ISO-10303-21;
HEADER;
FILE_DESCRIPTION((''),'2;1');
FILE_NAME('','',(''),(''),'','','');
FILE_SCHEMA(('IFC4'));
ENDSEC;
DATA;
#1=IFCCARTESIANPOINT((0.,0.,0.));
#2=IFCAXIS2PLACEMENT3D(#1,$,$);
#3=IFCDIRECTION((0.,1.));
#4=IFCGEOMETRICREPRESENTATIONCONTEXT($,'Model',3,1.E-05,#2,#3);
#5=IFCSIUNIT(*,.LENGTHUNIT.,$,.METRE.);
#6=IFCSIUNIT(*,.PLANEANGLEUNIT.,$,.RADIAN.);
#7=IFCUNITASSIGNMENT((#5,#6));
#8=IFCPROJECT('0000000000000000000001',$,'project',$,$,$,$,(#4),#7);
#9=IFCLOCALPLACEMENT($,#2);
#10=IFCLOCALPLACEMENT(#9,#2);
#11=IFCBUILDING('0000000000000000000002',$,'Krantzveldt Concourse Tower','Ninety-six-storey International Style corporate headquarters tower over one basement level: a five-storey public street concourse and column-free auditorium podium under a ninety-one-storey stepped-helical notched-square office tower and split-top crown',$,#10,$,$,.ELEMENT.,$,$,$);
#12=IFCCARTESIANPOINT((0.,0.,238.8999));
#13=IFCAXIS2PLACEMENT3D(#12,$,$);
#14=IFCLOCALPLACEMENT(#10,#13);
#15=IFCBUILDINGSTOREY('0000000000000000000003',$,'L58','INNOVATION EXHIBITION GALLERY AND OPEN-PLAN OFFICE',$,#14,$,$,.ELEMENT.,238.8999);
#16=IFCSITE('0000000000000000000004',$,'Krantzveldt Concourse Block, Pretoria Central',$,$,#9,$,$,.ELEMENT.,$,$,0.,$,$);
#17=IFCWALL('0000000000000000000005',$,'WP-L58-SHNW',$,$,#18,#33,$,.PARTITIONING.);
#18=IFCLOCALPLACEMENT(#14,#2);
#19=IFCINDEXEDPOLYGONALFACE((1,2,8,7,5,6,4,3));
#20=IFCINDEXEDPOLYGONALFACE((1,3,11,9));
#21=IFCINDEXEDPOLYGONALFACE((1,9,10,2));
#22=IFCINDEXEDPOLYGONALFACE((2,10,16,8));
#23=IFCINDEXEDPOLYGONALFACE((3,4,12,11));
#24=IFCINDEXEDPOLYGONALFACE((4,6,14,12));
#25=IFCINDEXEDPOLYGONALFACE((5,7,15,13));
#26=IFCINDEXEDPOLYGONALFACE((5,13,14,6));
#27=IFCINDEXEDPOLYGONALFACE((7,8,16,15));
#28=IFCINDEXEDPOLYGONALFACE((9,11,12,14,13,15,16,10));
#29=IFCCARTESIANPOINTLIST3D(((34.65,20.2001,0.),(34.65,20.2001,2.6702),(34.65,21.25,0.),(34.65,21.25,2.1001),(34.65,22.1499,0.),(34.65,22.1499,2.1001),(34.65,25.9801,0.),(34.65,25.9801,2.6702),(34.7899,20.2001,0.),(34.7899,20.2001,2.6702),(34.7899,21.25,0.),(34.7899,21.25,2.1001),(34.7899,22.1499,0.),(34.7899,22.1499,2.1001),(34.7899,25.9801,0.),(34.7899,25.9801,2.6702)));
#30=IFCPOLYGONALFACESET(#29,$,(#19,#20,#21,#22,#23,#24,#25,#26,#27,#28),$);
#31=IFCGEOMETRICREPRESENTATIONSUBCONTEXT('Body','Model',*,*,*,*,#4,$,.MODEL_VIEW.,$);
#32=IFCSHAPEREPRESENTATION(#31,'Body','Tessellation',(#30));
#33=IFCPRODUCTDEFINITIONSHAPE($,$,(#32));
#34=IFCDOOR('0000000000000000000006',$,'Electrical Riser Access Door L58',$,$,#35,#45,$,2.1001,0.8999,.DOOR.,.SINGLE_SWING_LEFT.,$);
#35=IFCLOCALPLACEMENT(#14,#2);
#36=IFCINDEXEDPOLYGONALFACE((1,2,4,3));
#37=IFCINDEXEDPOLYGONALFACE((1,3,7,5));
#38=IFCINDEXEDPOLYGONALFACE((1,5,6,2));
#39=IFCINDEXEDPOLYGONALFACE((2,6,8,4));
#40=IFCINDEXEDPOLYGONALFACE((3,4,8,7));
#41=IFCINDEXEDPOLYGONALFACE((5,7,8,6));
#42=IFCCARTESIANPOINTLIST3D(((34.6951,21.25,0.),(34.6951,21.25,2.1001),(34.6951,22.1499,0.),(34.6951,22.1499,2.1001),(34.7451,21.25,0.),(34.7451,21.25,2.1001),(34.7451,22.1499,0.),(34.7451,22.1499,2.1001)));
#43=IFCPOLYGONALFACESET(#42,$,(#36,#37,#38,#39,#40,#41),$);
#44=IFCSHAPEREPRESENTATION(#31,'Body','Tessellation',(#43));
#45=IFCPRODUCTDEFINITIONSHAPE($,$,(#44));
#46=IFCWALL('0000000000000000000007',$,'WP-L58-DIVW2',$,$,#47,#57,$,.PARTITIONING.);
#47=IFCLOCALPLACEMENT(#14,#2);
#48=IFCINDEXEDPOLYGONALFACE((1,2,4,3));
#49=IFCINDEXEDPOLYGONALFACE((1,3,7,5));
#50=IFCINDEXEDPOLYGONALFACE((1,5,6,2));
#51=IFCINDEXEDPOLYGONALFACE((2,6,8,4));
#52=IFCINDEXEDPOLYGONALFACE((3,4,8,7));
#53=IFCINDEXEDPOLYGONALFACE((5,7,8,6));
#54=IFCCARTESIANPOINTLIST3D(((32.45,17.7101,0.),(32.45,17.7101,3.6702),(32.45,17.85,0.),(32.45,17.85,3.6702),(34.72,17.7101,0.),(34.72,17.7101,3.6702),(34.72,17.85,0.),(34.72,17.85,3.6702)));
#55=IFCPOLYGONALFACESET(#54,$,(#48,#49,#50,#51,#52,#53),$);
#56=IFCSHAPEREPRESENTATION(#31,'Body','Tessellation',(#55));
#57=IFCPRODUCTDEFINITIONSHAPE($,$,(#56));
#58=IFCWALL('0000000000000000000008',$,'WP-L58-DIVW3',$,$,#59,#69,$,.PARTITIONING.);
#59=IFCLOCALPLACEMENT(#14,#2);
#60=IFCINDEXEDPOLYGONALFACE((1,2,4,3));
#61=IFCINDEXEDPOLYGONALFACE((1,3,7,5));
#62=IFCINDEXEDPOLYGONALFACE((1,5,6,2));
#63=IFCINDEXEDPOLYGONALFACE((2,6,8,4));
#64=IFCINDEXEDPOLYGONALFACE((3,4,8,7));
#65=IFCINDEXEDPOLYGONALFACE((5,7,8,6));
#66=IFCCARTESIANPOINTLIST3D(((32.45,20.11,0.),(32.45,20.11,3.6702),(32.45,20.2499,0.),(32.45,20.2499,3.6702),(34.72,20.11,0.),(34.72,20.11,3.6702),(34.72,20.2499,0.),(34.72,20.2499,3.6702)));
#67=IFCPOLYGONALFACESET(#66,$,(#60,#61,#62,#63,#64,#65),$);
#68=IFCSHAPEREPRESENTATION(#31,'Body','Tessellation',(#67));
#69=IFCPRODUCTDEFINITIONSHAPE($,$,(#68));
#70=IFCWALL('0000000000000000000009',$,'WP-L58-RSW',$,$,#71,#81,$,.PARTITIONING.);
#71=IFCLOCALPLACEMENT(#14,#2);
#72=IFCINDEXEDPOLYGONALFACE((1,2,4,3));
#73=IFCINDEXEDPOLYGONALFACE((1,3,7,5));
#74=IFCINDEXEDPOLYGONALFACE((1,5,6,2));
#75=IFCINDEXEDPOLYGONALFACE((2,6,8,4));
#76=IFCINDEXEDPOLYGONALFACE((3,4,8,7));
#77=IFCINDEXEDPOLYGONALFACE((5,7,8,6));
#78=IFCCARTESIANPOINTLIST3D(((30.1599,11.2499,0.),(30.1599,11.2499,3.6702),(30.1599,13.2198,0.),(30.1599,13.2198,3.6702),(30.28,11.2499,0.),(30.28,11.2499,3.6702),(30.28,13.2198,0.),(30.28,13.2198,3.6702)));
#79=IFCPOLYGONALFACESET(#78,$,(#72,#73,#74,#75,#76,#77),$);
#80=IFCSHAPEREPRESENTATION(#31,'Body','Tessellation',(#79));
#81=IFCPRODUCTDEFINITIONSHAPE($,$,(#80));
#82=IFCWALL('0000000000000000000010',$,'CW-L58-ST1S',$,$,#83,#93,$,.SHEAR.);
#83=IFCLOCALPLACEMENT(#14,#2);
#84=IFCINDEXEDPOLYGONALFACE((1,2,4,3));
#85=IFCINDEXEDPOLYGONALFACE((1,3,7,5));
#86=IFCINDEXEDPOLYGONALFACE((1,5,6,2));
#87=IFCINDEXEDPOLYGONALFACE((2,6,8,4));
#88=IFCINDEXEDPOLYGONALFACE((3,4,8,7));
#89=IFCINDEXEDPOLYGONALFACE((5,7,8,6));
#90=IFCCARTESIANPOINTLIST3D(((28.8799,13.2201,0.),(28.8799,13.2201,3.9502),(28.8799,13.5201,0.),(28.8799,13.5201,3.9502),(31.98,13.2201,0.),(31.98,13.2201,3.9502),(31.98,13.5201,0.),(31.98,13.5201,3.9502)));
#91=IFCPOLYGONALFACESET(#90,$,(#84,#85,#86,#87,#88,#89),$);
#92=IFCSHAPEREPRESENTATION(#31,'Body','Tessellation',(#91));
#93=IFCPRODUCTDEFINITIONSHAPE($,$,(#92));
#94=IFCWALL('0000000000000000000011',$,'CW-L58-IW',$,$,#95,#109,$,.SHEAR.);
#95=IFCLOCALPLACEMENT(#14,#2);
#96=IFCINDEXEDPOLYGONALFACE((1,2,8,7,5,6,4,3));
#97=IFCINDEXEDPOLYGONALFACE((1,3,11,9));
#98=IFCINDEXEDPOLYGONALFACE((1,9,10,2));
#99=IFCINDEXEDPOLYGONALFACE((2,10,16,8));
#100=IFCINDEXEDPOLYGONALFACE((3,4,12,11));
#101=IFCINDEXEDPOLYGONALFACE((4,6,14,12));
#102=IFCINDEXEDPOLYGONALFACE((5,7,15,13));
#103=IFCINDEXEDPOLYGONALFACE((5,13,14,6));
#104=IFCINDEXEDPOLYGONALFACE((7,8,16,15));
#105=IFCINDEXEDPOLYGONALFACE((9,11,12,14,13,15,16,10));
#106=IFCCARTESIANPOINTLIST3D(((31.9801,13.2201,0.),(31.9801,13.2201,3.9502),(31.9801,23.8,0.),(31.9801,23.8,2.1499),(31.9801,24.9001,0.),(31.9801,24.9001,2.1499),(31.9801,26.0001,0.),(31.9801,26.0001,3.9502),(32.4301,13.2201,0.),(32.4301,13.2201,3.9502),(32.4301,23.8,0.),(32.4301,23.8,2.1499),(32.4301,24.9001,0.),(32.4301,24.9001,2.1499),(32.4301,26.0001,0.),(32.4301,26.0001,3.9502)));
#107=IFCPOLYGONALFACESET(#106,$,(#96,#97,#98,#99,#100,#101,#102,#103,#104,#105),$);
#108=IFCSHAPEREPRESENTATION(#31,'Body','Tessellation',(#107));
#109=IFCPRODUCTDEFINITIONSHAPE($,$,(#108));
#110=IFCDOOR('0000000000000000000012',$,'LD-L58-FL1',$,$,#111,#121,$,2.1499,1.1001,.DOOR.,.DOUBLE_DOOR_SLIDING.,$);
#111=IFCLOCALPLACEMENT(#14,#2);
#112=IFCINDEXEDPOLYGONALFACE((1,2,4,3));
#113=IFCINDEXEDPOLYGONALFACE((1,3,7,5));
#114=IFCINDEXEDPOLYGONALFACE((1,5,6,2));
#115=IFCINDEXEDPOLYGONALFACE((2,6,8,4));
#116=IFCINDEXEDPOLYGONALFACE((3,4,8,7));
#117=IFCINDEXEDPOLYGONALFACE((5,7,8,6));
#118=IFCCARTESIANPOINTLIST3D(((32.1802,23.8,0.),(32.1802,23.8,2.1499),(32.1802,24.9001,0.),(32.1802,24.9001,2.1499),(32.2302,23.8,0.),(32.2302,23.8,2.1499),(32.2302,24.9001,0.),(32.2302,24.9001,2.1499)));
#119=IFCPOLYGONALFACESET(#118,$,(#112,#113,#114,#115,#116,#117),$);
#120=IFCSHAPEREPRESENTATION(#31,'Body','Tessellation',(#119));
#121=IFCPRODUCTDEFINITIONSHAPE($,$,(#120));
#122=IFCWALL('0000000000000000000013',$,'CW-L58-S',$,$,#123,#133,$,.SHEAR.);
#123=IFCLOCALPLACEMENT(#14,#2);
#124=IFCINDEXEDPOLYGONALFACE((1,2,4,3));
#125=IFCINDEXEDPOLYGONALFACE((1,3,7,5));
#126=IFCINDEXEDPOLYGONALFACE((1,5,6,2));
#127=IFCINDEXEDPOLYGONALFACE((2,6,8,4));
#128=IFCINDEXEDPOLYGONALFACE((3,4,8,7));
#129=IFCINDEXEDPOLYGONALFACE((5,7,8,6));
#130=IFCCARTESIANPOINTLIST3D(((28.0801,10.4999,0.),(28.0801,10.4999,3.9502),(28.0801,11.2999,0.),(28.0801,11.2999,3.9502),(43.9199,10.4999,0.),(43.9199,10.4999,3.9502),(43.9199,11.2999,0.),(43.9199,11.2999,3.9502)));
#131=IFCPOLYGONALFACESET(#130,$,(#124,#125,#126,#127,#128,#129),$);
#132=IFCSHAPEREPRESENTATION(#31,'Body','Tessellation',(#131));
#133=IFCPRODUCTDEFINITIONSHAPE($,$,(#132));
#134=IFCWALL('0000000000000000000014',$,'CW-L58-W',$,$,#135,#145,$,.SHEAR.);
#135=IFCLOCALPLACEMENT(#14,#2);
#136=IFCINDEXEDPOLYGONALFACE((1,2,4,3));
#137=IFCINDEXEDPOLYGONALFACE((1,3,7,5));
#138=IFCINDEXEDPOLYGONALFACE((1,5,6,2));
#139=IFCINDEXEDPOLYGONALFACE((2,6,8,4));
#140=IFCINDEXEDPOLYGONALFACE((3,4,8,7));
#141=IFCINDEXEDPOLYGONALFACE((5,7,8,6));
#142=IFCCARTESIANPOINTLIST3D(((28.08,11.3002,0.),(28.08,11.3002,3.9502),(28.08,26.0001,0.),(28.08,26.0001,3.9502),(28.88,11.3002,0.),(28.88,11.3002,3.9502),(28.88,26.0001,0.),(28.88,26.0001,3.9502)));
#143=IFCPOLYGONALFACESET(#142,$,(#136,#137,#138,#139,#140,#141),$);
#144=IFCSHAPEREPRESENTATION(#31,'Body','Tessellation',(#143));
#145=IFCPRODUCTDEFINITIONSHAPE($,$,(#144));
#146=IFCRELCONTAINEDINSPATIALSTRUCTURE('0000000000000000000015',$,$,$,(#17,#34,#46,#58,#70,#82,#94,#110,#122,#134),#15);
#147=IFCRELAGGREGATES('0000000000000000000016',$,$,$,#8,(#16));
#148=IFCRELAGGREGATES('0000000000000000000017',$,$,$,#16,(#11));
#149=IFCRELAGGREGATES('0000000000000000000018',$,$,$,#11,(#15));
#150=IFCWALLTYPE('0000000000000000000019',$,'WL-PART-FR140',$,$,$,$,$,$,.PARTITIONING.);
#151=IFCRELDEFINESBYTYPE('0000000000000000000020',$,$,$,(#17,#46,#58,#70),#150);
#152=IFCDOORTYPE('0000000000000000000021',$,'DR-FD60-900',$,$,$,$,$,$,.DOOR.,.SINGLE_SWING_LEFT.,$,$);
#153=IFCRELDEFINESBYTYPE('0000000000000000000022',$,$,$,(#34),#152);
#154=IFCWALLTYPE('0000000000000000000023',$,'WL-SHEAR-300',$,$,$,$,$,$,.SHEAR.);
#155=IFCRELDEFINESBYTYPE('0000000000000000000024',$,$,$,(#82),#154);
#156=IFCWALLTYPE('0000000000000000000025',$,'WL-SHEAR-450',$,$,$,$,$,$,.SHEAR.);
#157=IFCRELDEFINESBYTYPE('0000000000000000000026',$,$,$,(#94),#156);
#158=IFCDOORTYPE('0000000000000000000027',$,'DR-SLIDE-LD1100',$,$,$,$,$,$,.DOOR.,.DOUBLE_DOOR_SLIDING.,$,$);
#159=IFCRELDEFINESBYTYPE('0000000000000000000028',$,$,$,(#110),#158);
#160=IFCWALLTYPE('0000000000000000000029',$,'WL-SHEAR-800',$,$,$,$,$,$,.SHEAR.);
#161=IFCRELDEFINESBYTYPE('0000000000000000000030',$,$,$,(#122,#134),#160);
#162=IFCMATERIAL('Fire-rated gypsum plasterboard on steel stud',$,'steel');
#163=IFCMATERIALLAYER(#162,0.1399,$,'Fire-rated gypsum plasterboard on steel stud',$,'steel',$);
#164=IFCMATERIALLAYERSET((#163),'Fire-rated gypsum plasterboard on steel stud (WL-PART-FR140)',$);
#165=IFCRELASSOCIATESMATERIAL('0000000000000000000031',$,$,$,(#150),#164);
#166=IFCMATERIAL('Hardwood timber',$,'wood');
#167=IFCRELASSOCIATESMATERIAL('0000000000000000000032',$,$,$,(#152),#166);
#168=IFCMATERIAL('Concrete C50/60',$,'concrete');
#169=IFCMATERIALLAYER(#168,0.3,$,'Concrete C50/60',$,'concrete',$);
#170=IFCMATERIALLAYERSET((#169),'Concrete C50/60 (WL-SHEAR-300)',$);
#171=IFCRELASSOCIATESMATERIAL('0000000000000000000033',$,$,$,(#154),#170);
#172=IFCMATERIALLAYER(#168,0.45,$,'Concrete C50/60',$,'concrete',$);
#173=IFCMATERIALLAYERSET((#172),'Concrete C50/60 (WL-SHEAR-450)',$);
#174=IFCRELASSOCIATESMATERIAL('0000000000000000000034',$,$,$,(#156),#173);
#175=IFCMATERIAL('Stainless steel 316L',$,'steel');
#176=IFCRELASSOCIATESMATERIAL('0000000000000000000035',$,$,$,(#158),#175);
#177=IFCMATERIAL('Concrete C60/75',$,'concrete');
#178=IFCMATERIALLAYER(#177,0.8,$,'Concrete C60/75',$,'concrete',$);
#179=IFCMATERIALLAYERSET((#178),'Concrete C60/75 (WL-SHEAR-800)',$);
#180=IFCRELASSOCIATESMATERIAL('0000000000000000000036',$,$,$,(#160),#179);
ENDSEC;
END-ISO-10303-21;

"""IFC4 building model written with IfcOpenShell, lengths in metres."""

from ifc_helpers import new_model, si_unit, direction, frame, frame_2d, origin, place, context, subcontext, project, spatial, rectangle, extrude, material, layer, layer_set, type_object, element, fill, save


model = new_model("IFC4")

# Units and contexts
model_context = context("Model", 3, precision=1e-05, world=origin(), true_north=direction((0.0, 1.0)))
body_context = subcontext(model_context, "Body", "Model", "MODEL_VIEW")
ifc_project = project(units=[si_unit("LENGTHUNIT", "METRE"), si_unit("PLANEANGLEUNIT", "RADIAN")], contexts=[model_context])

# Site, building, storey
site_placement = place(None, origin())
site = spatial("IfcSite", under=ifc_project, at=site_placement, Name="Krantzveldt Concourse Block, Pretoria Central", CompositionType="ELEMENT", RefElevation=0.0)
building_placement = place(site_placement, origin())
building = spatial("IfcBuilding", under=site, at=building_placement, Name="Krantzveldt Concourse Tower", Description="Ninety-six-storey International Style corporate headquarters tower over one basement level: a five-storey public street concourse and column-free auditorium podium under a ninety-one-storey stepped-helical notched-square office tower and split-top crown", CompositionType="ELEMENT")
storey_placement = place(building_placement, frame((0.0, 0.0, 238.8999)))
storey = spatial("IfcBuildingStorey", under=building, at=storey_placement, Name="L58", Description="INNOVATION EXHIBITION GALLERY AND OPEN-PLAN OFFICE", CompositionType="ELEMENT", Elevation=238.8999)

# Shared definitions
ifc_material_1 = material(Name="Concrete C50/60", Category="concrete")

# Wall, opening, door
ifc_material_2 = material(Name="Fire-rated gypsum plasterboard on steel stud", Category="steel")
ifc_material_3 = material(Name="Hardwood timber", Category="wood")
ifc_layer_1 = layer(ifc_material_2, 0.1399, Name="Fire-rated gypsum plasterboard on steel stud", Category="steel")
ifc_layer_set_1 = layer_set([ifc_layer_1], Name="Fire-rated gypsum plasterboard on steel stud (WL-PART-FR140)")
wall_type_1 = type_object("IfcWallType", Name="WL-PART-FR140", PredefinedType="PARTITIONING", material=ifc_layer_set_1)
wall_1_placement = place(storey_placement, frame((34.72, 20.2, 0.0), z_axis=(0.0, 0.0, 1.0), x_axis=(0.0, 1.0, 0.0)))
wall_1 = element("IfcWall", 1, at=wall_1_placement, inside=storey, type_object=wall_type_1, Name="WP-L58-SHNW", PredefinedType="PARTITIONING", context=body_context, shape_type="SweptSolid", body=[
    extrude(rectangle(XDim=5.78, YDim=0.1399, at=frame_2d((2.8901, 0.0))), origin(), (0.0, 0.0, 1.0), 2.6702),
])
opening_1_placement = place(wall_1_placement, frame((1.05, 0.0, 0.0)))
opening_1 = element("IfcOpeningElement", 2, at=opening_1_placement, cuts=wall_1, PredefinedType="OPENING", context=body_context, shape_type="SweptSolid", body=[
    extrude(rectangle(XDim=0.8999, YDim=2.1001, at=frame_2d((0.45, 1.05))), frame((0.0, 0.0801, 0.0), z_axis=(0.0, -1.0, 0.0), x_axis=(1.0, 0.0, 0.0)), (0.0, 0.0, 1.0), 0.1599),
])
door_type_1 = type_object("IfcDoorType", Name="DR-FD60-900", OperationType="SINGLE_SWING_LEFT", PredefinedType="DOOR", material=ifc_material_3)
door_1_placement = place(opening_1_placement, origin())
door_1 = element("IfcDoor", 3, at=door_1_placement, inside=storey, type_object=door_type_1, Name="Electrical Riser Access Door L58", OperationType="SINGLE_SWING_LEFT", OverallHeight=2.1001, OverallWidth=0.8999, PredefinedType="DOOR", context=body_context, shape_type="SweptSolid", body=[
    extrude(rectangle(XDim=0.8999, YDim=2.1001, at=frame_2d((0.45, 1.05))), frame((0.0, 0.0249, 0.0), z_axis=(0.0, -1.0, 0.0), x_axis=(1.0, 0.0, 0.0)), (0.0, 0.0, 1.0), 0.05),
])
fill(opening_1, door_1)

# Walls
for number, where, z_axis, x_axis, name in (
    (4, (32.45, 17.78, 0.0), (0.0, 0.0, 1.0), (1.0, 0.0, 0.0), "WP-L58-DIVW2"),
    (5, (32.45, 20.1799, 0.0), (0.0, 0.0, 1.0), (1.0, 0.0, 0.0), "WP-L58-DIVW3"),
):
    element("IfcWall", number, at=place(storey_placement, frame(where, z_axis=z_axis, x_axis=x_axis)), inside=storey, type_object=wall_type_1, Name=name, PredefinedType="PARTITIONING", context=body_context, shape_type="SweptSolid", body=[
        extrude(rectangle(XDim=2.27, YDim=0.1399, at=frame_2d((1.135, 0.0))), origin(), (0.0, 0.0, 1.0), 3.6702),
    ])
wall_2_placement = place(storey_placement, frame((30.22, 11.25, 0.0), z_axis=(0.0, 0.0, 1.0), x_axis=(0.0, 1.0, 0.0)))
element("IfcWall", 6, at=wall_2_placement, inside=storey, type_object=wall_type_1, Name="WP-L58-RSW", PredefinedType="PARTITIONING", context=body_context, shape_type="SweptSolid", body=[
    extrude(rectangle(XDim=1.97, YDim=0.1201, at=frame_2d((0.9849, 0.0))), origin(), (0.0, 0.0, 1.0), 3.6702),
])
ifc_layer_2 = layer(ifc_material_1, 0.3, Name="Concrete C50/60", Category="concrete")
ifc_layer_set_2 = layer_set([ifc_layer_2], Name="Concrete C50/60 (WL-SHEAR-300)")
wall_type_2 = type_object("IfcWallType", Name="WL-SHEAR-300", PredefinedType="SHEAR", material=ifc_layer_set_2)
wall_3_placement = place(storey_placement, frame((28.8799, 13.3701, 0.0), z_axis=(0.0, 0.0, 1.0), x_axis=(1.0, 0.0, 0.0)))
element("IfcWall", 7, at=wall_3_placement, inside=storey, type_object=wall_type_2, Name="CW-L58-ST1S", PredefinedType="SHEAR", context=body_context, shape_type="SweptSolid", body=[
    extrude(rectangle(XDim=3.1001, YDim=0.3, at=frame_2d((1.55, 0.0))), origin(), (0.0, 0.0, 1.0), 3.9502),
])

# Wall, opening, door
ifc_layer_3 = layer(ifc_material_1, 0.45, Name="Concrete C50/60", Category="concrete")
ifc_layer_set_3 = layer_set([ifc_layer_3], Name="Concrete C50/60 (WL-SHEAR-450)")
wall_type_3 = type_object("IfcWallType", Name="WL-SHEAR-450", PredefinedType="SHEAR", material=ifc_layer_set_3)
wall_4_placement = place(storey_placement, frame((32.2051, 13.22, 0.0), z_axis=(0.0, 0.0, 1.0), x_axis=(0.0, 1.0, 0.0)))
wall_4 = element("IfcWall", 8, at=wall_4_placement, inside=storey, type_object=wall_type_3, Name="CW-L58-IW", PredefinedType="SHEAR", context=body_context, shape_type="SweptSolid", body=[
    extrude(rectangle(XDim=12.78, YDim=0.45, at=frame_2d((6.3901, 0.0))), origin(), (0.0, 0.0, 1.0), 3.9502),
])
opening_2_placement = place(wall_4_placement, frame((10.5801, 0.0, 0.0)))
opening_2 = element("IfcOpeningElement", 9, at=opening_2_placement, cuts=wall_4, PredefinedType="OPENING", context=body_context, shape_type="SweptSolid", body=[
    extrude(rectangle(XDim=1.1001, YDim=2.1499, at=frame_2d((0.55, 1.075))), frame((0.0, 0.2349, 0.0), z_axis=(0.0, -1.0, 0.0), x_axis=(1.0, 0.0, 0.0)), (0.0, 0.0, 1.0), 0.47),
])
ifc_material_4 = material(Name="Stainless steel 316L", Category="steel")
door_type_2 = type_object("IfcDoorType", Name="DR-SLIDE-LD1100", OperationType="DOUBLE_DOOR_SLIDING", PredefinedType="DOOR", material=ifc_material_4)
door_2_placement = place(opening_2_placement, origin())
door_2 = element("IfcDoor", 10, at=door_2_placement, inside=storey, type_object=door_type_2, Name="LD-L58-FL1", OperationType="DOUBLE_DOOR_SLIDING", OverallHeight=2.1499, OverallWidth=1.1001, PredefinedType="DOOR", context=body_context, shape_type="SweptSolid", body=[
    extrude(rectangle(XDim=1.1001, YDim=2.1499, at=frame_2d((0.55, 1.075))), frame((0.0, 0.0249, 0.0), z_axis=(0.0, -1.0, 0.0), x_axis=(1.0, 0.0, 0.0)), (0.0, 0.0, 1.0), 0.05),
])
fill(opening_2, door_2)

# Walls
ifc_material_5 = material(Name="Concrete C60/75", Category="concrete")
ifc_layer_4 = layer(ifc_material_5, 0.8, Name="Concrete C60/75", Category="concrete")
ifc_layer_set_4 = layer_set([ifc_layer_4], Name="Concrete C60/75 (WL-SHEAR-800)")
wall_type_4 = type_object("IfcWallType", Name="WL-SHEAR-800", PredefinedType="SHEAR", material=ifc_layer_set_4)
wall_5_placement = place(storey_placement, frame((28.0801, 10.8999, 0.0), z_axis=(0.0, 0.0, 1.0), x_axis=(1.0, 0.0, 0.0)))
element("IfcWall", 11, at=wall_5_placement, inside=storey, type_object=wall_type_4, Name="CW-L58-S", PredefinedType="SHEAR", context=body_context, shape_type="SweptSolid", body=[
    extrude(rectangle(XDim=15.8398, YDim=0.8, at=frame_2d((7.9199, 0.0))), origin(), (0.0, 0.0, 1.0), 3.9502),
])
wall_6_placement = place(storey_placement, frame((28.48, 11.3, 0.0), z_axis=(0.0, 0.0, 1.0), x_axis=(0.0, 1.0, 0.0)))
element("IfcWall", 12, at=wall_6_placement, inside=storey, type_object=wall_type_4, Name="CW-L58-W", PredefinedType="SHEAR", context=body_context, shape_type="SweptSolid", body=[
    extrude(rectangle(XDim=14.7, YDim=0.8, at=frame_2d((7.3501, 0.0))), origin(), (0.0, 0.0, 1.0), 3.9502),
])

save(model, "model.ifc")
